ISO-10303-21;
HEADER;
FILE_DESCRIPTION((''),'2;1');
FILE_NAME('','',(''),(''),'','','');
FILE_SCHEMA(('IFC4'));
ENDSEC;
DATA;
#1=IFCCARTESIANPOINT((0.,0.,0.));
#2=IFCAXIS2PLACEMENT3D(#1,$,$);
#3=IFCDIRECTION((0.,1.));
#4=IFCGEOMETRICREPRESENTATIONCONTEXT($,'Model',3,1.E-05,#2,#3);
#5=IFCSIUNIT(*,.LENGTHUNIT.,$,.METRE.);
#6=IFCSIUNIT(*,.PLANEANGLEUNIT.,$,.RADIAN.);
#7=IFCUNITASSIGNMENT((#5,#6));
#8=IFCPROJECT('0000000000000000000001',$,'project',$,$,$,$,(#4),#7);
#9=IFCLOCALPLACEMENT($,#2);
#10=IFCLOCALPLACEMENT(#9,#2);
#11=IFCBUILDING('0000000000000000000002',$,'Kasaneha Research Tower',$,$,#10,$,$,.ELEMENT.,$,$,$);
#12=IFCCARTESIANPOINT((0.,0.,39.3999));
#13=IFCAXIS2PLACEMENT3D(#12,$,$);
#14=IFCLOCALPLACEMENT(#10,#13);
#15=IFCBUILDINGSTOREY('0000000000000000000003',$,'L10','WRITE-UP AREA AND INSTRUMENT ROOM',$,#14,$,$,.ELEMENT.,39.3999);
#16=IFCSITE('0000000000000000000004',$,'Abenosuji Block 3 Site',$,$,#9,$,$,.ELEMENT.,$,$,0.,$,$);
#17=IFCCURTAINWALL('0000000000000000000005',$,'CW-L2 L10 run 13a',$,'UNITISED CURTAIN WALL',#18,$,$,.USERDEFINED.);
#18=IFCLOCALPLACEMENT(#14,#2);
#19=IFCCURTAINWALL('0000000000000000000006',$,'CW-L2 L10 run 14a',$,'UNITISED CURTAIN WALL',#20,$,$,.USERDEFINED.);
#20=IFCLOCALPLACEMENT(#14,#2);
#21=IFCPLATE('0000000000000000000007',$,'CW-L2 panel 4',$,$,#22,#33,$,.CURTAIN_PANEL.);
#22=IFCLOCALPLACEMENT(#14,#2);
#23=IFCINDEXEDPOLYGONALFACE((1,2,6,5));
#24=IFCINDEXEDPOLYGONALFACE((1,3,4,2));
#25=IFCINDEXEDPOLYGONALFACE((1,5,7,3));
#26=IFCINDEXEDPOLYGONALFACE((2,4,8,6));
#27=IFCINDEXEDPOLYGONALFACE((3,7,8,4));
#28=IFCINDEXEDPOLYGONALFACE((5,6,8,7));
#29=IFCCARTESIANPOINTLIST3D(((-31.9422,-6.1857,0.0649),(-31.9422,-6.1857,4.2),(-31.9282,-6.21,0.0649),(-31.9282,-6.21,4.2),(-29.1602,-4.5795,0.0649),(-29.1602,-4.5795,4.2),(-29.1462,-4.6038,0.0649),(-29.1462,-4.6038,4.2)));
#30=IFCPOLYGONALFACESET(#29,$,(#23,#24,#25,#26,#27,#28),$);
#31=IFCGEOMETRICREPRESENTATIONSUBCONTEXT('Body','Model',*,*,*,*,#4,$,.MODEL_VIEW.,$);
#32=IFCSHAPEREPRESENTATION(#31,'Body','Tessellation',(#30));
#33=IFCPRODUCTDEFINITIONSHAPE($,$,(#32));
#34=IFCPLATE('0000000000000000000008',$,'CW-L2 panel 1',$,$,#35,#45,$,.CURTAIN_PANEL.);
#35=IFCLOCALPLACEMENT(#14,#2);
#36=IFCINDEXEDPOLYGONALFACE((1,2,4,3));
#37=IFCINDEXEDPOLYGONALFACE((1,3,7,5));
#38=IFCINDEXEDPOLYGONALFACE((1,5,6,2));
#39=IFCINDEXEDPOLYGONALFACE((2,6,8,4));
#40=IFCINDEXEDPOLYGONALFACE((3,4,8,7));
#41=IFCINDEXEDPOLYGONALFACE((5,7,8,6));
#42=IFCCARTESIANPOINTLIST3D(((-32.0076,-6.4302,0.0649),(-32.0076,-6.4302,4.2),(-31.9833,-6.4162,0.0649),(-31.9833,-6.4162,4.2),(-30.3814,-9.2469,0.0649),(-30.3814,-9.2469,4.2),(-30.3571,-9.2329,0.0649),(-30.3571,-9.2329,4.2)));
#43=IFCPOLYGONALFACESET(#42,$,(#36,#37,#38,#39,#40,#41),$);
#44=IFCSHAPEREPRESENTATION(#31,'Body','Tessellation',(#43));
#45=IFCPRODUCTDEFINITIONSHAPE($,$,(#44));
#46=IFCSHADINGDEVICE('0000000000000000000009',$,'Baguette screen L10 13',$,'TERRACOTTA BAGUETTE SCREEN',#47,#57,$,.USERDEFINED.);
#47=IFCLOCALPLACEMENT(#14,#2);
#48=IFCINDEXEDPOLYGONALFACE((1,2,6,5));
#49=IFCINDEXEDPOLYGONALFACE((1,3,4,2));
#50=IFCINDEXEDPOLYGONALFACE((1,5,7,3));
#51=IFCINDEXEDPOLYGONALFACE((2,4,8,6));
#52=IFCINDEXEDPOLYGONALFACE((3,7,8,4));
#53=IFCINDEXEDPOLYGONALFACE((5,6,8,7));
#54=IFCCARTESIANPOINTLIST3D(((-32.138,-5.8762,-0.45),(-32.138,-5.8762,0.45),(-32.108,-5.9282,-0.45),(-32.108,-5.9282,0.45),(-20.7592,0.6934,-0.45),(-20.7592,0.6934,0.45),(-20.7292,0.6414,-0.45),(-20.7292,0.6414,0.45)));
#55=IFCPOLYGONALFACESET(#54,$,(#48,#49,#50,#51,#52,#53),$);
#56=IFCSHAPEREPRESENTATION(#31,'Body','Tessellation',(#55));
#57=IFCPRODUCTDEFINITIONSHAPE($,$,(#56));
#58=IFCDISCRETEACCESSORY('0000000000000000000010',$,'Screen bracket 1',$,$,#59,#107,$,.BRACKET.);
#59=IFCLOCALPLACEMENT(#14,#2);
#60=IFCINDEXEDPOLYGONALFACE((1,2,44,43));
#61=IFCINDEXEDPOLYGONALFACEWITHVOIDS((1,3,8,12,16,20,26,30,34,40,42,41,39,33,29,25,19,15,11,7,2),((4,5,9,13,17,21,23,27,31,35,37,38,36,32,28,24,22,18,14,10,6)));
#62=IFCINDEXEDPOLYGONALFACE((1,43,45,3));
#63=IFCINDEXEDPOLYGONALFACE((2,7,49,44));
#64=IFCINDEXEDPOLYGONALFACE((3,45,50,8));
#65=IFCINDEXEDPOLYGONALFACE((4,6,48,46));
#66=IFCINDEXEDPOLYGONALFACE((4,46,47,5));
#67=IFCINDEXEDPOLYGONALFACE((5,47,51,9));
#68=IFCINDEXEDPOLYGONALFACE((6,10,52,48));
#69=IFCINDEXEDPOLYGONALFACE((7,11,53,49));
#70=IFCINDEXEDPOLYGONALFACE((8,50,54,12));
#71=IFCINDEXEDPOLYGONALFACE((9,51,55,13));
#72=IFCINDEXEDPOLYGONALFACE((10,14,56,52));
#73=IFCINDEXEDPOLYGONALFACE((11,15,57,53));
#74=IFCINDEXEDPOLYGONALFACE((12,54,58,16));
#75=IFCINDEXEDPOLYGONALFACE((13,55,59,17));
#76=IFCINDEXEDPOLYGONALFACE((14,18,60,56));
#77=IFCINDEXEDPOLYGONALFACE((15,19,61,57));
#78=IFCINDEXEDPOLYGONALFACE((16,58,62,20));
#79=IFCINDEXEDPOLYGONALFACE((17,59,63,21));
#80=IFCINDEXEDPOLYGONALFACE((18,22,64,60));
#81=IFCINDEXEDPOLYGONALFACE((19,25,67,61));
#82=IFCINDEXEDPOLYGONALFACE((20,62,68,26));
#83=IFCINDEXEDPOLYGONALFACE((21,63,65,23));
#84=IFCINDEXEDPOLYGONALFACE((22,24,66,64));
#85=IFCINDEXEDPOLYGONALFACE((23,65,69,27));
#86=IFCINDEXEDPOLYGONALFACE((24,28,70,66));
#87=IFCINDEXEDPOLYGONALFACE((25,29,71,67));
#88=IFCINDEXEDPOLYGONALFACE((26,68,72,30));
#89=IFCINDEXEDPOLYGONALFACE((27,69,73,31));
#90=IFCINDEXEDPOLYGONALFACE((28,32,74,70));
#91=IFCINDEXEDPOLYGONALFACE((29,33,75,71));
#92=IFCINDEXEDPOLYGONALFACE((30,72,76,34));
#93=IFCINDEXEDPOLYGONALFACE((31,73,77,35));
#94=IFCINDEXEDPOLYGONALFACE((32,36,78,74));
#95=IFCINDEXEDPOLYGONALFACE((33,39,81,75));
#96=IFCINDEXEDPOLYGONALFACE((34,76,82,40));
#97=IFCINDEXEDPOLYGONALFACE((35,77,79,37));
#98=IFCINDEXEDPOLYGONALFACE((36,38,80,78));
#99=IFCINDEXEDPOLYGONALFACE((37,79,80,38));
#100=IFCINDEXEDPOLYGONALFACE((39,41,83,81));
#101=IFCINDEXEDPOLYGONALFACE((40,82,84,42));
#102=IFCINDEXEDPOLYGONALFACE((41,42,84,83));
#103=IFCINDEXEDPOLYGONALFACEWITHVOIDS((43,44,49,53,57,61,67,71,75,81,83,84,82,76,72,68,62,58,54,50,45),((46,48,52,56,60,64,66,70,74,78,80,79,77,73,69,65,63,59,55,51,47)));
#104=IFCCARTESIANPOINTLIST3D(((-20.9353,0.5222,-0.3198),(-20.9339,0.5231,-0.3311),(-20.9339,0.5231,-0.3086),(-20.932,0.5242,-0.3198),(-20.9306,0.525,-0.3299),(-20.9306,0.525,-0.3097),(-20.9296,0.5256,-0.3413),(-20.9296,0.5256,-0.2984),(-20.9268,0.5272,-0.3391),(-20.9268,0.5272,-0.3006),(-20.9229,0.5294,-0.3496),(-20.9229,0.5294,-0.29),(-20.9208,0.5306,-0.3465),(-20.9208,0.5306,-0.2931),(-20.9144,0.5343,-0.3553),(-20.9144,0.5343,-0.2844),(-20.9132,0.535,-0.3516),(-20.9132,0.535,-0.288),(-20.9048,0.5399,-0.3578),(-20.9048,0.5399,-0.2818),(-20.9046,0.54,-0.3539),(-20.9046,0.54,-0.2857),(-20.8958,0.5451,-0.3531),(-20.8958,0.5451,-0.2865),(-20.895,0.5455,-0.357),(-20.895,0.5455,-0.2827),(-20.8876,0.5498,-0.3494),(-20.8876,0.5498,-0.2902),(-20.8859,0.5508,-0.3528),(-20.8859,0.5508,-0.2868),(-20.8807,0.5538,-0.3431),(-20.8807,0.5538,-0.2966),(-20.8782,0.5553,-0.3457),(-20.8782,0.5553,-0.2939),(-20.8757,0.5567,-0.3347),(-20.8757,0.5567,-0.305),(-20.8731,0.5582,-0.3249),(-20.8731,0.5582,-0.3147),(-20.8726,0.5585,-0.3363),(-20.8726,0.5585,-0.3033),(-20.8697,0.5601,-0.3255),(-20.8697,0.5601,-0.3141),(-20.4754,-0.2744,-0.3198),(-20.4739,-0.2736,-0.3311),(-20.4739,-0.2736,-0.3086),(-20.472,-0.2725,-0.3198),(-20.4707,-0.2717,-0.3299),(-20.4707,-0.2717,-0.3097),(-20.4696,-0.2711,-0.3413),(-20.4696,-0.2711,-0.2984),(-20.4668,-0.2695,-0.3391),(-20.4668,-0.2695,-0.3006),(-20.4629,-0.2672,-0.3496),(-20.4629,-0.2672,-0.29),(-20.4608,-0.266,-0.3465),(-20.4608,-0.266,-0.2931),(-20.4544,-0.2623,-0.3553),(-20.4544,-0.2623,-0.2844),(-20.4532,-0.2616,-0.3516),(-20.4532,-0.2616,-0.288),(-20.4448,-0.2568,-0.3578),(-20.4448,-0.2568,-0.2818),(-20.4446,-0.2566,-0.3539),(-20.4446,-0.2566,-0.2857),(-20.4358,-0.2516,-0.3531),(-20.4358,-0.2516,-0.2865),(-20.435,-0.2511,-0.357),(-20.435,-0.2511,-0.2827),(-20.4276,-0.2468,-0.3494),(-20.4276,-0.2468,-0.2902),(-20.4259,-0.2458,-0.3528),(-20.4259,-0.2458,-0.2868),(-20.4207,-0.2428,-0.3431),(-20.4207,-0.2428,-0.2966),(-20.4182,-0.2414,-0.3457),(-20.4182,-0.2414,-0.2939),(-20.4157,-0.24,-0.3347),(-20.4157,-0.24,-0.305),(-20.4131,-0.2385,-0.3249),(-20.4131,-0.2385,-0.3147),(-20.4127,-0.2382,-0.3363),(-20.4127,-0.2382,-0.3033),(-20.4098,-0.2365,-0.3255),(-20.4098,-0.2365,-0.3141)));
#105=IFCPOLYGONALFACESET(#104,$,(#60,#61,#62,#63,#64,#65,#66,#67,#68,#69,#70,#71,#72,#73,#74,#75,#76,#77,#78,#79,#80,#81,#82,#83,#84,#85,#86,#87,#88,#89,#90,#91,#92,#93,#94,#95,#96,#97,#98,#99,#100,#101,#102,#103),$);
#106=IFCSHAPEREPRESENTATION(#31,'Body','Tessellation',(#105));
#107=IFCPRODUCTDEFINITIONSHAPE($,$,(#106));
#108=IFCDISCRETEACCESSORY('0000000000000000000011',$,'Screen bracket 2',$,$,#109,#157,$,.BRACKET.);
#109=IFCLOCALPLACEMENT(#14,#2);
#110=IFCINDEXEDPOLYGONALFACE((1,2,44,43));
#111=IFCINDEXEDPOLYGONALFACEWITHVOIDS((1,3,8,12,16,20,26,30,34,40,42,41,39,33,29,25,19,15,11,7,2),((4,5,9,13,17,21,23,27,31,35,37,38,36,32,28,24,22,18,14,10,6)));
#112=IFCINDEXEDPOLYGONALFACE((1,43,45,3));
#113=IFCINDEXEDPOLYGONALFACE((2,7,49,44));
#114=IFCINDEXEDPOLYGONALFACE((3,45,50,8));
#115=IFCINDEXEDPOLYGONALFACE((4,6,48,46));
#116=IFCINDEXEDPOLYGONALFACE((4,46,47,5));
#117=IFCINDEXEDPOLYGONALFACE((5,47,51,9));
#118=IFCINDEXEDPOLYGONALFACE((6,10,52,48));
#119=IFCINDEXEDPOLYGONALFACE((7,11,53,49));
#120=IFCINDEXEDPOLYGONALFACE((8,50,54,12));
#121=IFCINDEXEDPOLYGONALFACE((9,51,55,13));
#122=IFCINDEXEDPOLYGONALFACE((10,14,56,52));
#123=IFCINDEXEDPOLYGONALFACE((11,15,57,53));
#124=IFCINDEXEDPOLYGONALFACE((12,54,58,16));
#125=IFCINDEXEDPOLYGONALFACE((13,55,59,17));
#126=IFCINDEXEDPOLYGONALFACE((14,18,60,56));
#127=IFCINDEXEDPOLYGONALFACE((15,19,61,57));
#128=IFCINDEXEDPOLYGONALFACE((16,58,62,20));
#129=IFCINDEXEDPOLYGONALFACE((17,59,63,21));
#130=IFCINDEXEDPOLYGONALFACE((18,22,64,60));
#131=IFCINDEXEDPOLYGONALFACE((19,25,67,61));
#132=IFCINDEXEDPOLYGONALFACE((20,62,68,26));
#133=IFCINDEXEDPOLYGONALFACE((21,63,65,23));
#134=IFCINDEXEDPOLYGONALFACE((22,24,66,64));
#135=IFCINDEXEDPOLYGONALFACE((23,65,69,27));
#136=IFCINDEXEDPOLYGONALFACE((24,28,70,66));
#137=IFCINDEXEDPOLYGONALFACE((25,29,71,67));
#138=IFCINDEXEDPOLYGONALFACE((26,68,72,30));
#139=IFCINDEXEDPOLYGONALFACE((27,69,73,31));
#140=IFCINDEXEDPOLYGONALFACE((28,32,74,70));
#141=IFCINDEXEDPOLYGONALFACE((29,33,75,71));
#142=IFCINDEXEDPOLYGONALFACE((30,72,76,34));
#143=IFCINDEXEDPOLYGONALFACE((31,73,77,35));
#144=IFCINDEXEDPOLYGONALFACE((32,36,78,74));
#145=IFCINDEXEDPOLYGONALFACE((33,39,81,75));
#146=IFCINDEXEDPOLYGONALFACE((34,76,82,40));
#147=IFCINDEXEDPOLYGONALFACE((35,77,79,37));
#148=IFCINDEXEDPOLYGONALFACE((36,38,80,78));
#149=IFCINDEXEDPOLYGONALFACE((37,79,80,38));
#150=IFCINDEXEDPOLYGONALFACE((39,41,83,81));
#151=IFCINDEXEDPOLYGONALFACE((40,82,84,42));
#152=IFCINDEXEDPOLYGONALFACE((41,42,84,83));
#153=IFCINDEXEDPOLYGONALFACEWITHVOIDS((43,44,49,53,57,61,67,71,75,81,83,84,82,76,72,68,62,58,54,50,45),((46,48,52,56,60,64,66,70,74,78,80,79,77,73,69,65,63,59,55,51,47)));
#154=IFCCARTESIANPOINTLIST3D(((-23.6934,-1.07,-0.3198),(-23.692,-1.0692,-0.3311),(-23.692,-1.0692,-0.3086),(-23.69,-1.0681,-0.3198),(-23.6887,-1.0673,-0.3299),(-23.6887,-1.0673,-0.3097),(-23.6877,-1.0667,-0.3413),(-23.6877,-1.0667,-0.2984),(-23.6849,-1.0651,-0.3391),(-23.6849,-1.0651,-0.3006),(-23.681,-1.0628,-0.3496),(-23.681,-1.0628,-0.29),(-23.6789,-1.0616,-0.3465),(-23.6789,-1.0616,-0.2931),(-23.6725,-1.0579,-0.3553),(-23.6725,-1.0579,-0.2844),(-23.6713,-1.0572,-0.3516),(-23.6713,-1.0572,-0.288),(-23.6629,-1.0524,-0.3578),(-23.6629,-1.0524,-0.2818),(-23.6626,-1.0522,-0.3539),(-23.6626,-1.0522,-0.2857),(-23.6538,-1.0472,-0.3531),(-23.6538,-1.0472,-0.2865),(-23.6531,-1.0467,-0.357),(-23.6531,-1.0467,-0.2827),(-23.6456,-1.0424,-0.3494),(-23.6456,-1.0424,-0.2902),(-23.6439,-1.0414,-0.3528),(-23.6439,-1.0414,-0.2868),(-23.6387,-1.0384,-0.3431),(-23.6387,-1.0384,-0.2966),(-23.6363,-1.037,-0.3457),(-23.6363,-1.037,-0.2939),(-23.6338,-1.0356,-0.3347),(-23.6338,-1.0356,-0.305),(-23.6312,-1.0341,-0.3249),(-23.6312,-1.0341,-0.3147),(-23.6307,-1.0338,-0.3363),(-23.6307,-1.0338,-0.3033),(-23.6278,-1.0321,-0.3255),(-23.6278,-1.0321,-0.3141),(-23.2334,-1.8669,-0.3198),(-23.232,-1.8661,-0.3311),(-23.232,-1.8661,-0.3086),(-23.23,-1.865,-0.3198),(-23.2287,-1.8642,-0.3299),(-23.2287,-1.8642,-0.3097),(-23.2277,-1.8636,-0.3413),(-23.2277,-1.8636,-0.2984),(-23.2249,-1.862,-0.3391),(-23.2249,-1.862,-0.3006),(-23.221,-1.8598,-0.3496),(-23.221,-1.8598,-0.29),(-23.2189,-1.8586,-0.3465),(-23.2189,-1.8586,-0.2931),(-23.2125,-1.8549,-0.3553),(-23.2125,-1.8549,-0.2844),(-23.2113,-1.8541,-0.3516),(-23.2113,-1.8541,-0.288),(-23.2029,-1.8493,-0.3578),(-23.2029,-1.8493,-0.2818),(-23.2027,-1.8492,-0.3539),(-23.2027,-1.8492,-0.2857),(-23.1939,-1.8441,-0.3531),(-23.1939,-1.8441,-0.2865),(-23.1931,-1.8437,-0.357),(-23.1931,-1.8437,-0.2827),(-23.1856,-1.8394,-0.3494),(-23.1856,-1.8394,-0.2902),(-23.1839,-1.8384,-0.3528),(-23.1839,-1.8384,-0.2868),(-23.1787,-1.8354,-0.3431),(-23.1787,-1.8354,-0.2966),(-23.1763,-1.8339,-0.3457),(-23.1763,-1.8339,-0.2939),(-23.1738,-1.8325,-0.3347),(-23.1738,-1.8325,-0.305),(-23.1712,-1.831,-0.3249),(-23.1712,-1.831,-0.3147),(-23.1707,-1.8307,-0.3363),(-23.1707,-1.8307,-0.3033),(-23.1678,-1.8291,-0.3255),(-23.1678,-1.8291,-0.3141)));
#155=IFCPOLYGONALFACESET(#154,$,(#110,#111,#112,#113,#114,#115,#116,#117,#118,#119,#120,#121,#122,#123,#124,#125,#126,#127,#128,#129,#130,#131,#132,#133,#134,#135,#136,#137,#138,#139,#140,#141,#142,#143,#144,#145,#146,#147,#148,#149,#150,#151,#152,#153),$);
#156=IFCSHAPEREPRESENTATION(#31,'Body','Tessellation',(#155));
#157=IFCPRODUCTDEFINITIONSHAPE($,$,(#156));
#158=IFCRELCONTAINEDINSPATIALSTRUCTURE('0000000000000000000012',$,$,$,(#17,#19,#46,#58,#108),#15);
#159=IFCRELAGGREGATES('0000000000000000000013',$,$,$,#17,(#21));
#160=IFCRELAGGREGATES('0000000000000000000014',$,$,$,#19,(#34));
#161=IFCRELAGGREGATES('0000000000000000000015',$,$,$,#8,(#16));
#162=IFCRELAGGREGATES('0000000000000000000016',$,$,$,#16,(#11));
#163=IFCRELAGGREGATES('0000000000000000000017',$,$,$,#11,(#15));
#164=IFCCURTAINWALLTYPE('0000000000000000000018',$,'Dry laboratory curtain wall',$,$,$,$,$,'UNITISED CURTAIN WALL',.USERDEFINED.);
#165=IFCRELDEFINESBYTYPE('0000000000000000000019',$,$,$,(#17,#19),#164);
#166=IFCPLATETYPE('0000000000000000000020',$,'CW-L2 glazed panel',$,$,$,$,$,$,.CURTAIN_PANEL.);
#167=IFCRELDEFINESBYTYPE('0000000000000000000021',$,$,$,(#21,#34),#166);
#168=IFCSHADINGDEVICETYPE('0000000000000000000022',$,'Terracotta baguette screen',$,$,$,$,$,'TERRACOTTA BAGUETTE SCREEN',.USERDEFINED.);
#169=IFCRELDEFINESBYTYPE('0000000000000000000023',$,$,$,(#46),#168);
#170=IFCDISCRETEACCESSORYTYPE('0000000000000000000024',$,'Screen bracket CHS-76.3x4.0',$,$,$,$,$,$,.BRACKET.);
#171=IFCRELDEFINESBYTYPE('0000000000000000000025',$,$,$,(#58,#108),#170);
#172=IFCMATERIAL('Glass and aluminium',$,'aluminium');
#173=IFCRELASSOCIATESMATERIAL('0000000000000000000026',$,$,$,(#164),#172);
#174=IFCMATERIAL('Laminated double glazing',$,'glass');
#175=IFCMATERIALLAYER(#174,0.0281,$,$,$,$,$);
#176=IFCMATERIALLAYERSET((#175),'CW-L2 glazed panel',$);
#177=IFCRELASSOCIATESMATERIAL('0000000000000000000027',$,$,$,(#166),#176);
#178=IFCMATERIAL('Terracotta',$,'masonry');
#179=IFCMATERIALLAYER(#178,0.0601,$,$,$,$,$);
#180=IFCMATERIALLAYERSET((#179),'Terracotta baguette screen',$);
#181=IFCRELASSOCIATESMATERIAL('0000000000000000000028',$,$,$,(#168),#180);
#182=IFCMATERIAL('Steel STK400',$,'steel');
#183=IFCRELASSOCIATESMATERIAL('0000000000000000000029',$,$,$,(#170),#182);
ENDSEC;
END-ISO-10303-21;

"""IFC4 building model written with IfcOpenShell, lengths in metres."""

from ifc_helpers import new_model, si_unit, direction, frame, origin, origin_2d, place, context, subcontext, project, spatial, rectangle, hollow_circle, extrude, material, layer, layer_set, material_profile, profile_set, type_object, element, aggregate, save


model = new_model("IFC4")

# Units and contexts
model_context = context("Model", 3, precision=1e-05, world=origin(), true_north=direction((0.0, 1.0)))
body_context = subcontext(model_context, "Body", "Model", "MODEL_VIEW")
ifc_project = project(units=[si_unit("LENGTHUNIT", "METRE"), si_unit("PLANEANGLEUNIT", "RADIAN")], contexts=[model_context])

# Site, building, storey
site_placement = place(None, origin())
site = spatial("IfcSite", under=ifc_project, at=site_placement, Name="Abenosuji Block 3 Site", CompositionType="ELEMENT", RefElevation=0.0)
building_placement = place(site_placement, origin())
building = spatial("IfcBuilding", under=site, at=building_placement, Name="Kasaneha Research Tower", CompositionType="ELEMENT")
storey_placement = place(building_placement, frame((0.0, 0.0, 39.3999)))
storey = spatial("IfcBuildingStorey", under=building, at=storey_placement, Name="L10", Description="WRITE-UP AREA AND INSTRUMENT ROOM", CompositionType="ELEMENT", Elevation=39.3999)

# Curtain walls
ifc_material_1 = material(Name="Glass and aluminium", Category="aluminium")
curtain_wall_type = type_object("IfcCurtainWallType", Name="Dry laboratory curtain wall", ElementType="UNITISED CURTAIN WALL", PredefinedType="USERDEFINED", material=ifc_material_1)
curtain_wall_1_placement = place(storey_placement, origin())
curtain_wall_1 = element("IfcCurtainWall", 1, at=curtain_wall_1_placement, inside=storey, type_object=curtain_wall_type, Name="CW-L2 L10 run 13a", ObjectType="UNITISED CURTAIN WALL", PredefinedType="USERDEFINED")
curtain_wall_2_placement = place(storey_placement, origin())
curtain_wall_2 = element("IfcCurtainWall", 2, at=curtain_wall_2_placement, inside=storey, type_object=curtain_wall_type, Name="CW-L2 L10 run 14a", ObjectType="UNITISED CURTAIN WALL", PredefinedType="USERDEFINED")

# Plates
ifc_material_2 = material(Name="Laminated double glazing", Category="glass")
ifc_layer_1 = layer(ifc_material_2, 0.0281)
ifc_layer_set_1 = layer_set([ifc_layer_1], Name="CW-L2 glazed panel")
plate_type = type_object("IfcPlateType", Name="CW-L2 glazed panel", PredefinedType="CURTAIN_PANEL", material=ifc_layer_set_1)
plate_1_placement = place(storey_placement, frame((-30.5442, -5.3948, 0.0649), z_axis=(0.0, 0.0, 1.0), x_axis=(-0.866025, -0.5, 0.0)))
plate_1 = element("IfcPlate", 3, at=plate_1_placement, type_object=plate_type, Name="CW-L2 panel 4", PredefinedType="CURTAIN_PANEL", context=body_context, shape_type="SweptSolid", body=[
    extrude(rectangle(XDim=3.2124, YDim=0.0281, at=origin_2d()), origin(), (0.0, 0.0, 1.0), 4.135),
])
aggregate(curtain_wall_1, [plate_1])
plate_2_placement = place(storey_placement, frame((-31.1824, -7.8315, 0.0649), z_axis=(0.0, 0.0, 1.0), x_axis=(0.5, -0.866025, 0.0)))
plate_2 = element("IfcPlate", 4, at=plate_2_placement, type_object=plate_type, Name="CW-L2 panel 1", PredefinedType="CURTAIN_PANEL", context=body_context, shape_type="SweptSolid", body=[
    extrude(rectangle(XDim=3.2524, YDim=0.0281, at=origin_2d()), origin(), (0.0, 0.0, 1.0), 4.135),
])
aggregate(curtain_wall_2, [plate_2])

# Shading device
ifc_material_3 = material(Name="Terracotta", Category="masonry")
ifc_layer_2 = layer(ifc_material_3, 0.0601)
ifc_layer_set_2 = layer_set([ifc_layer_2], Name="Terracotta baguette screen")
shading_device_type = type_object("IfcShadingDeviceType", Name="Terracotta baguette screen", ElementType="TERRACOTTA BAGUETTE SCREEN", PredefinedType="USERDEFINED", material=ifc_layer_set_2)
shading_device_placement = place(storey_placement, frame((-26.4336, -2.6174, -0.45), z_axis=(0.0, 0.0, 1.0), x_axis=(-0.866025, -0.5, 0.0)))
element("IfcShadingDevice", 5, at=shading_device_placement, inside=storey, type_object=shading_device_type, Name="Baguette screen L10 13", ObjectType="TERRACOTTA BAGUETTE SCREEN", PredefinedType="USERDEFINED", context=body_context, shape_type="SweptSolid", body=[
    extrude(rectangle(XDim=13.1392, YDim=0.0601, at=origin_2d()), origin(), (0.0, 0.0, 1.0), 0.8999),
])

# Discrete accessories
ifc_material_4 = material(Name="Steel STK400", Category="steel")
ifc_material_profile_1 = material_profile(ifc_material_4, hollow_circle(Radius=0.0381, WallThickness=0.0039, at=origin_2d()), Name="CHS-76.3x4.0")
ifc_profile_set_1 = profile_set([ifc_material_profile_1], Name="Steel STK400")
discrete_accessory_type = type_object("IfcDiscreteAccessoryType", Name="Screen bracket CHS-76.3x4.0", PredefinedType="BRACKET", material=ifc_profile_set_1)
discrete_accessory_1_placement = place(storey_placement, frame((-20.4424, -0.2554, -0.3198), z_axis=(-0.500021, 0.866013, 0.0), x_axis=(-0.866013, -0.500021, 0.0)))
element("IfcDiscreteAccessory", 6, at=discrete_accessory_1_placement, inside=storey, type_object=discrete_accessory_type, Name="Screen bracket 1", PredefinedType="BRACKET", context=body_context, shape_type="SweptSolid", body=[
    extrude(hollow_circle(Radius=0.0381, WallThickness=0.0039, at=origin_2d()), origin(), (0.0, 0.0, 1.0), 0.9199),
])
discrete_accessory_2_placement = place(storey_placement, frame((-23.2004, -1.8479, -0.3198), z_axis=(-0.499906, 0.86608, 0.0), x_axis=(-0.86608, -0.499906, 0.0)))
element("IfcDiscreteAccessory", 7, at=discrete_accessory_2_placement, inside=storey, type_object=discrete_accessory_type, Name="Screen bracket 2", PredefinedType="BRACKET", context=body_context, shape_type="SweptSolid", body=[
    extrude(hollow_circle(Radius=0.0381, WallThickness=0.0039, at=origin_2d()), origin(), (0.0, 0.0, 1.0), 0.9202),
])

save(model, "model.ifc")
